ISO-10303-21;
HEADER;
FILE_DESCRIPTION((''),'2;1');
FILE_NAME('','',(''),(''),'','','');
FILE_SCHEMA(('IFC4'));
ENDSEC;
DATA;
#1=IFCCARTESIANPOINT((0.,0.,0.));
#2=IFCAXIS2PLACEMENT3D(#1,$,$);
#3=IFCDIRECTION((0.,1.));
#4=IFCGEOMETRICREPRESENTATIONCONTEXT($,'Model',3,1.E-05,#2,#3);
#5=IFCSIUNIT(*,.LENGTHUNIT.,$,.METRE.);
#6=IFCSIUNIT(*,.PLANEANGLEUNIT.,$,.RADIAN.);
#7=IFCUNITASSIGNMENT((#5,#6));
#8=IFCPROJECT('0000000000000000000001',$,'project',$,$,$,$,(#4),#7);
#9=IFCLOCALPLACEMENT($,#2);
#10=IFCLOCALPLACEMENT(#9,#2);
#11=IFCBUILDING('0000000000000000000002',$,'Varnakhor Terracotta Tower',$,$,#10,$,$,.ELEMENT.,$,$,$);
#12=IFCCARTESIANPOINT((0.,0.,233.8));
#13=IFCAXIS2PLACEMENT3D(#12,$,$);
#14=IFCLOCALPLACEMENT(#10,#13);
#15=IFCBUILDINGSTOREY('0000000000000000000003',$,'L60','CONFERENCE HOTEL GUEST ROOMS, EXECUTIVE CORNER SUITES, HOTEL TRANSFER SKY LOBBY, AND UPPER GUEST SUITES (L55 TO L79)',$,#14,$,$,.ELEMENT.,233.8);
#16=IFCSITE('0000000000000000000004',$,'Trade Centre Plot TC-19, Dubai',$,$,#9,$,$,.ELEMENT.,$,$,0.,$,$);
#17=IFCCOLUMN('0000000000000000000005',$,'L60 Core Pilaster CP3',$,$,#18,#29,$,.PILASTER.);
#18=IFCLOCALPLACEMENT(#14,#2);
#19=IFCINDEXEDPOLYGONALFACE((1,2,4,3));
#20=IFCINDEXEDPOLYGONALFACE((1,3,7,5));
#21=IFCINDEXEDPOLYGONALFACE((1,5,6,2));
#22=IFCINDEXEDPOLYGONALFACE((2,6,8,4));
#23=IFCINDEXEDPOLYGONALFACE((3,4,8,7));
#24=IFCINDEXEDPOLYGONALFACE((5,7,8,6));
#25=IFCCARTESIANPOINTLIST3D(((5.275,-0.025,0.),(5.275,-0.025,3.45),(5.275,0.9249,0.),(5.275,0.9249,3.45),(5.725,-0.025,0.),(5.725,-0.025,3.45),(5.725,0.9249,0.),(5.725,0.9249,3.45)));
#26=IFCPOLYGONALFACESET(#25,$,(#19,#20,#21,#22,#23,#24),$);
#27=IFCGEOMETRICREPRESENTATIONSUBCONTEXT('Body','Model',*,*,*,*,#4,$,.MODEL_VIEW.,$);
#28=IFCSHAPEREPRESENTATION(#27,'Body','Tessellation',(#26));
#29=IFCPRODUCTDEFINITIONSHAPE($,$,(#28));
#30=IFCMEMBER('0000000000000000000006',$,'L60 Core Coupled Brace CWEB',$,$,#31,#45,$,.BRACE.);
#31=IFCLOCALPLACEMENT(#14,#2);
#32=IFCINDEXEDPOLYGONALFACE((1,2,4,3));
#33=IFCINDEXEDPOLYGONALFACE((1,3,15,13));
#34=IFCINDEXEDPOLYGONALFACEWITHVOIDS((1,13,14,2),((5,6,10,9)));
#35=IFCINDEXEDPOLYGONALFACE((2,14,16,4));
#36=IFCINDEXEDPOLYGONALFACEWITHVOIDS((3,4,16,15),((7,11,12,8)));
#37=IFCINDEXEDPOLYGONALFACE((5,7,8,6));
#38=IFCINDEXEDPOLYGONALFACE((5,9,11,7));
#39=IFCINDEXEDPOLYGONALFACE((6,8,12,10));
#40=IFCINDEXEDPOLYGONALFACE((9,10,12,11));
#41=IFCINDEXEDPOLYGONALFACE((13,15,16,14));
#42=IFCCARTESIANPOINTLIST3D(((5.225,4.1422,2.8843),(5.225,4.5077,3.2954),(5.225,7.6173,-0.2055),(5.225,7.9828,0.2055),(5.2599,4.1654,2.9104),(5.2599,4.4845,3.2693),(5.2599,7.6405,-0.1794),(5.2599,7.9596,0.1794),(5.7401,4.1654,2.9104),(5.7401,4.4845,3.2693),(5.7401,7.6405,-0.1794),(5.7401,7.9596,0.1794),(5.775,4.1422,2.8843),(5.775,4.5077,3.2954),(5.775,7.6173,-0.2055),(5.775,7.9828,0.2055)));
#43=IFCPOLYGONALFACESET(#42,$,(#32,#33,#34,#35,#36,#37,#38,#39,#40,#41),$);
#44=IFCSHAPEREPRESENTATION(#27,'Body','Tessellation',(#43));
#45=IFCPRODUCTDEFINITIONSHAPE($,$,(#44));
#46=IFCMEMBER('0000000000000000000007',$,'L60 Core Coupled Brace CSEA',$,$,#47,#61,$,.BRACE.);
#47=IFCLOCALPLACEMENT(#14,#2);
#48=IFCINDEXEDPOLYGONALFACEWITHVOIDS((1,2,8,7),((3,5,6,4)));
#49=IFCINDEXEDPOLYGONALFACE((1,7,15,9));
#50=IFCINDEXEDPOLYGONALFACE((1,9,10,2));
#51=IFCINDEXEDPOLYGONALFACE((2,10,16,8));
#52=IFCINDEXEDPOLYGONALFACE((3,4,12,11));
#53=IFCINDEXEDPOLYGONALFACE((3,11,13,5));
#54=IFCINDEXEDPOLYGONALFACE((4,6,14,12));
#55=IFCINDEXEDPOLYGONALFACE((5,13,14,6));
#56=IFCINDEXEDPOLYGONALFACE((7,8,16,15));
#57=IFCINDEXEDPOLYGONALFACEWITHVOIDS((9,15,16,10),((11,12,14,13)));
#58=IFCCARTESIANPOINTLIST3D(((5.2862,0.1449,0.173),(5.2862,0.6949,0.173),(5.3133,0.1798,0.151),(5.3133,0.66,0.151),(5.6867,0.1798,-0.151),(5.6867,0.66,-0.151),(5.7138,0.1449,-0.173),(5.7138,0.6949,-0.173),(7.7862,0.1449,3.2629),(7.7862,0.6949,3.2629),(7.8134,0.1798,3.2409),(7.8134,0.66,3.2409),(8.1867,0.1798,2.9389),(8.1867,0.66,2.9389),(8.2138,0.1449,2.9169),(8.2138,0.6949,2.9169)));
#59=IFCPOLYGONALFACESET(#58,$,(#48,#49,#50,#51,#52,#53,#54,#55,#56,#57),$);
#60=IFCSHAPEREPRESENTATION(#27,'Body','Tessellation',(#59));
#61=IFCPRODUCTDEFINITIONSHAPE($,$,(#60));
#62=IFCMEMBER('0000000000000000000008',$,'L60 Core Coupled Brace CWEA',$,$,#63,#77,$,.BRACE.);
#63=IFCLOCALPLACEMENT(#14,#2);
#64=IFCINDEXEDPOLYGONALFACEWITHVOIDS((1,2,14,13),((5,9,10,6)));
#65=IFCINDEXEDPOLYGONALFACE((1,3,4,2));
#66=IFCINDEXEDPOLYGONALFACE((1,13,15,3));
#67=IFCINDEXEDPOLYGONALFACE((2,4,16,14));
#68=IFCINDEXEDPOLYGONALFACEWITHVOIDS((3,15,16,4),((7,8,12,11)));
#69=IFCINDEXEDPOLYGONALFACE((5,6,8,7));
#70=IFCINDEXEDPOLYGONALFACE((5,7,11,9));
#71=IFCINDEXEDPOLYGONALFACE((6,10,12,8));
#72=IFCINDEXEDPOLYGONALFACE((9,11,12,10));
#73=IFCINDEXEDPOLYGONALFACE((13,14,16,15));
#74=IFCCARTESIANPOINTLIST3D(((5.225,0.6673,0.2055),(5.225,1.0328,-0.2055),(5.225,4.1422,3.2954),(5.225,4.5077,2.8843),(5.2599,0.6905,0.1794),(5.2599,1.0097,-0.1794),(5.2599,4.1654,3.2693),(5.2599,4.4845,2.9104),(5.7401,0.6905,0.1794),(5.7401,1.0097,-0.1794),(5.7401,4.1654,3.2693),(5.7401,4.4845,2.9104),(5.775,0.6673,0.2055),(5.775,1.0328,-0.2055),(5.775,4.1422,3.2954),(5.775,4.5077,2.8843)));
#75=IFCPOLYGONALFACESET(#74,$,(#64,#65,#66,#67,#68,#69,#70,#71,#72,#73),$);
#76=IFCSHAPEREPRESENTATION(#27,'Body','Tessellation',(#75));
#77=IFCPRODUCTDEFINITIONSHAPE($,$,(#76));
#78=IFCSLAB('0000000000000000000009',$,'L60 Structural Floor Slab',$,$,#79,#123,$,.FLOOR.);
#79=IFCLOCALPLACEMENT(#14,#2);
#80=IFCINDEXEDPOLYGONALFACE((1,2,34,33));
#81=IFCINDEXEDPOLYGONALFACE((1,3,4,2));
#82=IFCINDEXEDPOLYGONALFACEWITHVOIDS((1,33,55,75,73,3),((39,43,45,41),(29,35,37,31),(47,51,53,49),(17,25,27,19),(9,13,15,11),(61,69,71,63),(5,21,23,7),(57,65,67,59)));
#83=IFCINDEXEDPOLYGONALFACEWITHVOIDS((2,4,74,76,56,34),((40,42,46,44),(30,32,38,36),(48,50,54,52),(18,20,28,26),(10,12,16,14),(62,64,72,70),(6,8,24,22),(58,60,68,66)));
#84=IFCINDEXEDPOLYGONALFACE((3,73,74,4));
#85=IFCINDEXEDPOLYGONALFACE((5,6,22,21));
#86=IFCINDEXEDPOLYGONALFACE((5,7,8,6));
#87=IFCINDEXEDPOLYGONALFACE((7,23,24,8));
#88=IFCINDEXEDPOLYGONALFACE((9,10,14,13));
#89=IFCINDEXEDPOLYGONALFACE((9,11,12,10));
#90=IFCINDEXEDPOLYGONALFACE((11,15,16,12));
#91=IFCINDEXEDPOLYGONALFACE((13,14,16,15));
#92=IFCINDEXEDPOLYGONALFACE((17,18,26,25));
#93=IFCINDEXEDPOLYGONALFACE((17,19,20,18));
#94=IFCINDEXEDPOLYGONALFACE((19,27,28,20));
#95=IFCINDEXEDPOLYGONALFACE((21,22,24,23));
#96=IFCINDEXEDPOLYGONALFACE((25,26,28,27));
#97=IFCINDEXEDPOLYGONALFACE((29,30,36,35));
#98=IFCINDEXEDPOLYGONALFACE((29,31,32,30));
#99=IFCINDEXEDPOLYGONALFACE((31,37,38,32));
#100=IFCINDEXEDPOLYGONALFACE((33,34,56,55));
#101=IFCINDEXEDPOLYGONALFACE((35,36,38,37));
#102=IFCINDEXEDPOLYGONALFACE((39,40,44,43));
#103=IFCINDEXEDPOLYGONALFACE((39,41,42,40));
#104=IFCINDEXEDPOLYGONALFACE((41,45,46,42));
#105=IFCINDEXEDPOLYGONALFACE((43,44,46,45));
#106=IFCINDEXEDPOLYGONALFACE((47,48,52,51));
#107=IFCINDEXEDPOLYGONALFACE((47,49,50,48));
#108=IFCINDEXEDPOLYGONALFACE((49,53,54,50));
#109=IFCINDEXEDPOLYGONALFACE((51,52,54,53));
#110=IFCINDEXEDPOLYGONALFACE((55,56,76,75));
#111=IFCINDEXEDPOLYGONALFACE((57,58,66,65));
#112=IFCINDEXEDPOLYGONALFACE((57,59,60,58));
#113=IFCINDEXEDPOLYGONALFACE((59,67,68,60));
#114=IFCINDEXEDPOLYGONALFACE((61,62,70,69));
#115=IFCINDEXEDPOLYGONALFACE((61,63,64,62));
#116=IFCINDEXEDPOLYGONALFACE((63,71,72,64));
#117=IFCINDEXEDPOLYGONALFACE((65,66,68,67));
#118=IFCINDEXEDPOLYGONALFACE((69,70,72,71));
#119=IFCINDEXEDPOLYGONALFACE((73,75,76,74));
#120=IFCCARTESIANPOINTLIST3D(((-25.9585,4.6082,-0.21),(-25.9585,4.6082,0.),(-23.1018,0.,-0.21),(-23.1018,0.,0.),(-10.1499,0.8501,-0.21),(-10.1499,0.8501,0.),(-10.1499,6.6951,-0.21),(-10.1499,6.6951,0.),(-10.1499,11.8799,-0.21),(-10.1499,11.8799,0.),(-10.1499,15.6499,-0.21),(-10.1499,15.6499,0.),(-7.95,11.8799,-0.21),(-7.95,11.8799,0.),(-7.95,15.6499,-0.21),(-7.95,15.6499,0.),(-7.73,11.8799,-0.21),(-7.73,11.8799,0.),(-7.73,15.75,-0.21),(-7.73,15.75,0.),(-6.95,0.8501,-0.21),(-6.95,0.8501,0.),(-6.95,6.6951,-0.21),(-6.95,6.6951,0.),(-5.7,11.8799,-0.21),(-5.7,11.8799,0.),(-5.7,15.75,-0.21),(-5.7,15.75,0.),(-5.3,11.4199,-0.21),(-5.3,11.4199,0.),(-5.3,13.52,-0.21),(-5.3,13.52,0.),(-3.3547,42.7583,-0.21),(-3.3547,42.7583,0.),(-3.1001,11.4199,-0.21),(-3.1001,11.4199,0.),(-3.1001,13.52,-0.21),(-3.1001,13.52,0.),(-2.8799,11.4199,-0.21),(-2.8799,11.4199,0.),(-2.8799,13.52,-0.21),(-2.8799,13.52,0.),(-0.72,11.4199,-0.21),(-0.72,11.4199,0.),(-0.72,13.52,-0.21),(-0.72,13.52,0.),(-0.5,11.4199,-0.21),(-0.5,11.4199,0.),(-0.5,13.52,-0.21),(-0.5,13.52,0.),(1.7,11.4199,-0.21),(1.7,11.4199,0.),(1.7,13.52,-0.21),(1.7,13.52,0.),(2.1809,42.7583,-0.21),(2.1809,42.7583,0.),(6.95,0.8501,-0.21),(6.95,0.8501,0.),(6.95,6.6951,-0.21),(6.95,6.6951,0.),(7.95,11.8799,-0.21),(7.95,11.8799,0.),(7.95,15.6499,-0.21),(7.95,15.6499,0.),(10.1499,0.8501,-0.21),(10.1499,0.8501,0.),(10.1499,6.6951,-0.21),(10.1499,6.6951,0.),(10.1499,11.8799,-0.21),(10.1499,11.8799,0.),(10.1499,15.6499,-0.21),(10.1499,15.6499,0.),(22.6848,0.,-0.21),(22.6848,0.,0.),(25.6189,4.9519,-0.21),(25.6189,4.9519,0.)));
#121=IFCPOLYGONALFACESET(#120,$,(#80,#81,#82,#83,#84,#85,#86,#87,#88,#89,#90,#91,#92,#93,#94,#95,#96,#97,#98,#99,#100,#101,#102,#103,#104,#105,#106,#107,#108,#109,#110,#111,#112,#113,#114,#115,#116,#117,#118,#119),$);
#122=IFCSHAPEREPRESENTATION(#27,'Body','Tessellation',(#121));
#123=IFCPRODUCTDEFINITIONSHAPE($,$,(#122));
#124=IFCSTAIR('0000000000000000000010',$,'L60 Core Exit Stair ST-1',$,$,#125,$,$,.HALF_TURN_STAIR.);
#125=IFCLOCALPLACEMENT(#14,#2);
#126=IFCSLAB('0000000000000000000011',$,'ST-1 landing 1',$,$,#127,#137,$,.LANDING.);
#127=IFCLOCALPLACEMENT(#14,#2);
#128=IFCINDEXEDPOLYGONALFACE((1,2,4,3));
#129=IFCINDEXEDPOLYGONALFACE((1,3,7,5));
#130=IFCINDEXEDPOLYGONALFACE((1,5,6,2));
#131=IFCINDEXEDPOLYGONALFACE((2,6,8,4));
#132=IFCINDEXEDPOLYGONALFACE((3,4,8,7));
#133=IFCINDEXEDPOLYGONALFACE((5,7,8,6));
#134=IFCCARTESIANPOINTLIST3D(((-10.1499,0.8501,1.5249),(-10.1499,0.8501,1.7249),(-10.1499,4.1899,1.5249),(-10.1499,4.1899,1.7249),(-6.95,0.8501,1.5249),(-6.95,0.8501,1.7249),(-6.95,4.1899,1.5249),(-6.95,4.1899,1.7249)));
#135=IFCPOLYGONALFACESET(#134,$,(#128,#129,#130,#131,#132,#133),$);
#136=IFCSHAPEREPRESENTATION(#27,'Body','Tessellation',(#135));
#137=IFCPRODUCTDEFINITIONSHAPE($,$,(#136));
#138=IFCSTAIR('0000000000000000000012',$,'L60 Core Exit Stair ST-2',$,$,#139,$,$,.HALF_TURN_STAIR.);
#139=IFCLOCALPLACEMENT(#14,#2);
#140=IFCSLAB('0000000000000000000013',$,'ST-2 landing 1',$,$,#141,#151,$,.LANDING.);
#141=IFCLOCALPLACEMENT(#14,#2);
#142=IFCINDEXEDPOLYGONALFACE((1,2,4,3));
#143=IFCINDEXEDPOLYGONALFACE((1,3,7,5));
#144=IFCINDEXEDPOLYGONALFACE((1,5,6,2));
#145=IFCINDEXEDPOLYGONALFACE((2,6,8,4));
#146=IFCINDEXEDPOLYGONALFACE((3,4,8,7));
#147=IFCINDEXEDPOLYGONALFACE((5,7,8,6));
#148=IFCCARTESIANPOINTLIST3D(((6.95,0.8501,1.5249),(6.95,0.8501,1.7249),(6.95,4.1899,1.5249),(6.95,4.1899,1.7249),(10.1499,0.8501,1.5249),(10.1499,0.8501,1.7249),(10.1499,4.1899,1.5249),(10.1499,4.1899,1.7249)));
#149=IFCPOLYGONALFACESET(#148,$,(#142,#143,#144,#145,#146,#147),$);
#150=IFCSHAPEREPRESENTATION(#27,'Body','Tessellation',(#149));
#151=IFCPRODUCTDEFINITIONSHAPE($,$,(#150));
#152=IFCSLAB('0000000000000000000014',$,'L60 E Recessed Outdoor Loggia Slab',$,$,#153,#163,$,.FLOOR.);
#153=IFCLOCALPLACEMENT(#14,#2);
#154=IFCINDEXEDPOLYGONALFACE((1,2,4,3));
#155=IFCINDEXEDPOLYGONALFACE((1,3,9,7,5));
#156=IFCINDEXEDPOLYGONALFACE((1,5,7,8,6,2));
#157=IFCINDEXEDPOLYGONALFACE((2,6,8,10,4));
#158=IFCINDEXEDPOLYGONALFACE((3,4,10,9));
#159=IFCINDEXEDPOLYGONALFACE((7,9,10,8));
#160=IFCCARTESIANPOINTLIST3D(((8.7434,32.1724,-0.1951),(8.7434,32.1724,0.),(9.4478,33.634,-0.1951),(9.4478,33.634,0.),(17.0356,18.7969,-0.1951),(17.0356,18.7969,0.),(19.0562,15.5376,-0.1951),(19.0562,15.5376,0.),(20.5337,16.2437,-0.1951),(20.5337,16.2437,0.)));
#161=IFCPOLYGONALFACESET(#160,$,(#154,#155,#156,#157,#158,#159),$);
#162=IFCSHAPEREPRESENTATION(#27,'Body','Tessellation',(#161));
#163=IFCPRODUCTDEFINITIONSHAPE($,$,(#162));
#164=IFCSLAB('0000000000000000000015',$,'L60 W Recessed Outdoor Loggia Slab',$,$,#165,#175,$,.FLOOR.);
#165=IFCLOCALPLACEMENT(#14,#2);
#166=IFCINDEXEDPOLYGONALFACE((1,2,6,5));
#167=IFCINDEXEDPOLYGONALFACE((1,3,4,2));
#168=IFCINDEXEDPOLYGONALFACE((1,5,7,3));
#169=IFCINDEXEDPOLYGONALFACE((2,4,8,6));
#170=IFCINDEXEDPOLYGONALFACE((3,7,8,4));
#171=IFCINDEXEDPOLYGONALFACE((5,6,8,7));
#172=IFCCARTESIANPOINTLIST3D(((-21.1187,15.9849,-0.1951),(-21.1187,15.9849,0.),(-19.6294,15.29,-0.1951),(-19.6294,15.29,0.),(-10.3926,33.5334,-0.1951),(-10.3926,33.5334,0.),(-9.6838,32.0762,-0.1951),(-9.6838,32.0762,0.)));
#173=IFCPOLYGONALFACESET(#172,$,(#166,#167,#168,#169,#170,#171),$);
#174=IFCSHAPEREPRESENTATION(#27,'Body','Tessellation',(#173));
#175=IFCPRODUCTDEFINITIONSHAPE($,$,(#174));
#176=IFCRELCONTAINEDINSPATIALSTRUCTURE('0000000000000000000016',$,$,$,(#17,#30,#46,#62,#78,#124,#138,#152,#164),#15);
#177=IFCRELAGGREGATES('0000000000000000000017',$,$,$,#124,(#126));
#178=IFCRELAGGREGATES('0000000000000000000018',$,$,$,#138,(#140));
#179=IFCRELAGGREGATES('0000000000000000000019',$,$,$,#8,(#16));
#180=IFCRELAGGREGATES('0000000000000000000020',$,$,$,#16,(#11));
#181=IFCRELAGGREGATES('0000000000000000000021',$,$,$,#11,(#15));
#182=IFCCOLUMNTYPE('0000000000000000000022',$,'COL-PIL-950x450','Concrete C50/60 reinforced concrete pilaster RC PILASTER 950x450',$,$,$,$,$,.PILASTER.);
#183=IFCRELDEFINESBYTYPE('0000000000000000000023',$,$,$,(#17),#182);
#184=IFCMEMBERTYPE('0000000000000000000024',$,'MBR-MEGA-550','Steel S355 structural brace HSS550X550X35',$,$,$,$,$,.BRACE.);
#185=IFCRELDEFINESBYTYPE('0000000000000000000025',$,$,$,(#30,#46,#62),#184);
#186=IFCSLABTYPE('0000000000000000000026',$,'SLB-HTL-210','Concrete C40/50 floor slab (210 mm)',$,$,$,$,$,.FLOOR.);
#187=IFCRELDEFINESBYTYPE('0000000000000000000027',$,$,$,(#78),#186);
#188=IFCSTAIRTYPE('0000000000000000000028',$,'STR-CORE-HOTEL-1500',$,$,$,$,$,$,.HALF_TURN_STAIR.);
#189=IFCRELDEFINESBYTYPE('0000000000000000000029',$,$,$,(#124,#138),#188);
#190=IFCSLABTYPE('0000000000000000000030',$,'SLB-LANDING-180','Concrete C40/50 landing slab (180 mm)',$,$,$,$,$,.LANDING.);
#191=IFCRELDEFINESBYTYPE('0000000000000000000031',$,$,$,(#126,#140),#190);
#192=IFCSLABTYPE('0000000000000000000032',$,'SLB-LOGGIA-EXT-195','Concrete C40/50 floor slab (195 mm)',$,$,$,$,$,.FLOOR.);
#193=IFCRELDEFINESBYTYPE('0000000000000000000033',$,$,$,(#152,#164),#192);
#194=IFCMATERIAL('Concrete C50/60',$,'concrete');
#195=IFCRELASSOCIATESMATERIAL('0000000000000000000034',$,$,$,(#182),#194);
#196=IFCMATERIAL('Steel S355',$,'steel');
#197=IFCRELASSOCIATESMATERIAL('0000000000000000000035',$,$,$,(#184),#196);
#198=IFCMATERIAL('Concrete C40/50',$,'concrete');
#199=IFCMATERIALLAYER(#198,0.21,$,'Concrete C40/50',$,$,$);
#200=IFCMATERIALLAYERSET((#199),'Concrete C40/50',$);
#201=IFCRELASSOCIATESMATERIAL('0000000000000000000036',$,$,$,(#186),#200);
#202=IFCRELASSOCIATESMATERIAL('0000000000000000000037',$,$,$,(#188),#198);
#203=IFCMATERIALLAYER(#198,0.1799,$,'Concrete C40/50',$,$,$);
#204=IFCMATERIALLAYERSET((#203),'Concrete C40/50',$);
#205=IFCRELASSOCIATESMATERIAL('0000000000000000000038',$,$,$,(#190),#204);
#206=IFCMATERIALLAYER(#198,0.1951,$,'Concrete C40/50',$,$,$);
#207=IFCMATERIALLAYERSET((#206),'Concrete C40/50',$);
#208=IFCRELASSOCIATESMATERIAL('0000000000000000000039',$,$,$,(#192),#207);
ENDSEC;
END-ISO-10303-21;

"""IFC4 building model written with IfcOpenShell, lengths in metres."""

from ifc_helpers import new_model, si_unit, direction, frame, origin, origin_2d, place, context, subcontext, project, spatial, polyline, rectangle, hollow_rectangle, outline, extrude, source, transform, mapped, material, layer, layer_set, material_profile, profile_set, type_object, element, aggregate, save


model = new_model("IFC4")

# Units and contexts
model_context = context("Model", 3, precision=1e-05, world=origin(), true_north=direction((0.0, 1.0)))
body_context = subcontext(model_context, "Body", "Model", "MODEL_VIEW")
ifc_project = project(units=[si_unit("LENGTHUNIT", "METRE"), si_unit("PLANEANGLEUNIT", "RADIAN")], contexts=[model_context])

# Site, building, storey
site_placement = place(None, origin())
site = spatial("IfcSite", under=ifc_project, at=site_placement, Name="Trade Centre Plot TC-19, Dubai", CompositionType="ELEMENT", RefElevation=0.0)
building_placement = place(site_placement, origin())
building = spatial("IfcBuilding", under=site, at=building_placement, Name="Varnakhor Terracotta Tower", CompositionType="ELEMENT")
storey_placement = place(building_placement, frame((0.0, 0.0, 233.8)))
storey = spatial("IfcBuildingStorey", under=building, at=storey_placement, Name="L60", Description="CONFERENCE HOTEL GUEST ROOMS, EXECUTIVE CORNER SUITES, HOTEL TRANSFER SKY LOBBY, AND UPPER GUEST SUITES (L55 TO L79)", CompositionType="ELEMENT", Elevation=233.8)

# Column
ifc_material_1 = material(Name="Concrete C50/60", Category="concrete")
ifc_material_profile_1 = material_profile(ifc_material_1, rectangle(XDim=0.45, YDim=0.95, at=origin_2d()), Name="RC PILASTER 950x450")
ifc_profile_set_1 = profile_set([ifc_material_profile_1], Name="Concrete C50/60")
column_type = type_object("IfcColumnType", Name="COL-PIL-950x450", Description="Concrete C50/60 reinforced concrete pilaster RC PILASTER 950x450", PredefinedType="PILASTER", material=ifc_profile_set_1)
shared_shape_1 = source(origin(), body_context, "Body", "SweptSolid", [
    extrude(rectangle(XDim=0.45, YDim=0.95, at=origin_2d()), origin(), (0.0, 0.0, 1.0), 3.45),
])
column_placement = place(storey_placement, frame((5.5, 0.45, 0.0), z_axis=(0.0, 0.0, 1.0), x_axis=(1.0, 0.0, 0.0)))
element("IfcColumn", 1, at=column_placement, inside=storey, type_object=column_type, Name="L60 Core Pilaster CP3", PredefinedType="PILASTER", context=body_context, shape_type="MappedRepresentation", body=[
    mapped(shared_shape_1, transform((0.0, 0.0, 0.0), scale=1.0)),
])

# Members
ifc_material_2 = material(Name="Steel S355", Category="steel")
ifc_material_profile_2 = material_profile(ifc_material_2, hollow_rectangle(XDim=0.55, YDim=0.55, WallThickness=0.0349, at=origin_2d()), Name="HSS550X550X35")
ifc_profile_set_2 = profile_set([ifc_material_profile_2], Name="Steel S355")
member_type = type_object("IfcMemberType", Name="MBR-MEGA-550", Description="Steel S355 structural brace HSS550X550X35", PredefinedType="BRACE", material=ifc_profile_set_2)
shared_shape_2 = source(origin(), body_context, "Body", "SweptSolid", [
    extrude(hollow_rectangle(XDim=0.55, YDim=0.55, WallThickness=0.0349, at=origin_2d()), origin(), (0.0, 0.0, 1.0), 4.6501),
])
member_1_placement = place(storey_placement, frame((5.5, 7.8, 0.0), z_axis=(0.0, -0.747317, 0.664468), x_axis=(1.0, 0.0, 0.0)))
element("IfcMember", 2, at=member_1_placement, inside=storey, type_object=member_type, Name="L60 Core Coupled Brace CWEB", PredefinedType="BRACE", context=body_context, shape_type="MappedRepresentation", body=[
    mapped(shared_shape_2, transform((0.0, 0.0, 0.0), scale=1.0)),
])
shared_shape_3 = source(origin(), body_context, "Body", "SweptSolid", [
    extrude(hollow_rectangle(XDim=0.55, YDim=0.55, WallThickness=0.0349, at=origin_2d()), origin(), (0.0, 0.0, 1.0), 3.9746),
])
member_2_placement = place(storey_placement, frame((5.5, 0.4199, 0.0), z_axis=(0.629, 0.0, 0.777405), x_axis=(0.0, 1.0, 0.0)))
element("IfcMember", 3, at=member_2_placement, inside=storey, type_object=member_type, Name="L60 Core Coupled Brace CSEA", PredefinedType="BRACE", context=body_context, shape_type="MappedRepresentation", body=[
    mapped(shared_shape_3, transform((0.0, 0.0, 0.0), scale=1.0)),
])
shared_shape_4 = source(origin(), body_context, "Body", "SweptSolid", [
    extrude(hollow_rectangle(XDim=0.55, YDim=0.55, WallThickness=0.0349, at=origin_2d()), origin(), (0.0, 0.0, 1.0), 4.6499),
])
member_3_placement = place(storey_placement, frame((5.5, 0.8501, 0.0), z_axis=(0.0, 0.747293, 0.664494), x_axis=(-1.0, 0.0, 0.0)))
element("IfcMember", 4, at=member_3_placement, inside=storey, type_object=member_type, Name="L60 Core Coupled Brace CWEA", PredefinedType="BRACE", context=body_context, shape_type="MappedRepresentation", body=[
    mapped(shared_shape_4, transform((0.0, 0.0, 0.0), scale=1.0)),
])

# Slab
ifc_material_3 = material(Name="Concrete C40/50", Category="concrete")
ifc_layer_1 = layer(ifc_material_3, 0.21, Name="Concrete C40/50")
ifc_layer_set_1 = layer_set([ifc_layer_1], Name="Concrete C40/50")
slab_type_1 = type_object("IfcSlabType", Name="SLB-HTL-210", Description="Concrete C40/50 floor slab (210 mm)", PredefinedType="FLOOR", material=ifc_layer_set_1)
slab_1_placement = place(storey_placement, frame((0.0, 0.0, -0.21)))
element("IfcSlab", 5, at=slab_1_placement, inside=storey, type_object=slab_type_1, Name="L60 Structural Floor Slab", PredefinedType="FLOOR", context=body_context, shape_type="SweptSolid", body=[
    extrude(outline(polyline([(-25.9585, 4.6082), (-3.3547, 42.7583), (2.1809, 42.7583), (25.6189, 4.9519), (22.6848, 0.0), (-23.1018, 0.0), (-25.9585, 4.6082)]), holes=[polyline([(-6.95, 0.8501), (-6.95, 6.6951), (-10.1499, 6.6951), (-10.1499, 0.8501), (-6.95, 0.8501)]), polyline([(10.1499, 0.8501), (10.1499, 6.6951), (6.95, 6.6951), (6.95, 0.8501), (10.1499, 0.8501)]), polyline([(-3.1001, 11.4199), (-3.1001, 13.52), (-5.3, 13.52), (-5.3, 11.4199), (-3.1001, 11.4199)]), polyline([(-0.72, 11.4199), (-0.72, 13.52), (-2.8799, 13.52), (-2.8799, 11.4199), (-0.72, 11.4199)]), polyline([(1.7, 11.4199), (1.7, 13.52), (-0.5, 13.52), (-0.5, 11.4199), (1.7, 11.4199)]), polyline([(-7.95, 11.8799), (-7.95, 15.6499), (-10.1499, 15.6499), (-10.1499, 11.8799), (-7.95, 11.8799)]), polyline([(10.1499, 11.8799), (10.1499, 15.6499), (7.95, 15.6499), (7.95, 11.8799), (10.1499, 11.8799)]), polyline([(-5.7, 11.8799), (-5.7, 15.75), (-7.73, 15.75), (-7.73, 11.8799), (-5.7, 11.8799)])]), origin(), (0.0, 0.0, 1.0), 0.21),
])

# Stairs, slabs
stair_type = type_object("IfcStairType", Name="STR-CORE-HOTEL-1500", PredefinedType="HALF_TURN_STAIR", material=ifc_material_3)
stair_1_placement = place(storey_placement, origin())
stair_1 = element("IfcStair", 6, at=stair_1_placement, inside=storey, type_object=stair_type, Name="L60 Core Exit Stair ST-1", PredefinedType="HALF_TURN_STAIR")
ifc_layer_2 = layer(ifc_material_3, 0.1799, Name="Concrete C40/50")
ifc_layer_set_2 = layer_set([ifc_layer_2], Name="Concrete C40/50")
slab_type_2 = type_object("IfcSlabType", Name="SLB-LANDING-180", Description="Concrete C40/50 landing slab (180 mm)", PredefinedType="LANDING", material=ifc_layer_set_2)
slab_2_placement = place(storey_placement, frame((0.0, 0.0, 1.5249)))
slab_2 = element("IfcSlab", 7, at=slab_2_placement, type_object=slab_type_2, Name="ST-1 landing 1", PredefinedType="LANDING", context=body_context, shape_type="SweptSolid", body=[
    extrude(outline(polyline([(-10.1499, 4.1899), (-10.1499, 0.8501), (-6.95, 0.8501), (-6.95, 4.1899), (-10.1499, 4.1899)])), origin(), (0.0, 0.0, 1.0), 0.2),
])
aggregate(stair_1, [slab_2])
stair_2_placement = place(storey_placement, origin())
stair_2 = element("IfcStair", 8, at=stair_2_placement, inside=storey, type_object=stair_type, Name="L60 Core Exit Stair ST-2", PredefinedType="HALF_TURN_STAIR")
slab_3_placement = place(storey_placement, frame((0.0, 0.0, 1.5249)))
slab_3 = element("IfcSlab", 9, at=slab_3_placement, type_object=slab_type_2, Name="ST-2 landing 1", PredefinedType="LANDING", context=body_context, shape_type="SweptSolid", body=[
    extrude(outline(polyline([(6.95, 4.1899), (6.95, 0.8501), (10.1499, 0.8501), (10.1499, 4.1899), (6.95, 4.1899)])), origin(), (0.0, 0.0, 1.0), 0.2),
])

# Slabs
ifc_layer_3 = layer(ifc_material_3, 0.1951, Name="Concrete C40/50")
ifc_layer_set_3 = layer_set([ifc_layer_3], Name="Concrete C40/50")
slab_type_3 = type_object("IfcSlabType", Name="SLB-LOGGIA-EXT-195", Description="Concrete C40/50 floor slab (195 mm)", PredefinedType="FLOOR", material=ifc_layer_set_3)
slab_4_placement = place(storey_placement, frame((0.0, 0.0, -0.1951)))
element("IfcSlab", 10, at=slab_4_placement, inside=storey, type_object=slab_type_3, Name="L60 E Recessed Outdoor Loggia Slab", PredefinedType="FLOOR", context=body_context, shape_type="SweptSolid", body=[
    extrude(outline(polyline([(9.4478, 33.634), (20.5337, 16.2437), (19.0562, 15.5376), (17.0356, 18.7969), (8.7434, 32.1724), (9.4478, 33.634)])), origin(), (0.0, 0.0, 1.0), 0.1951),
])
slab_5_placement = place(storey_placement, frame((0.0, 0.0, -0.1951)))
element("IfcSlab", 11, at=slab_5_placement, inside=storey, type_object=slab_type_3, Name="L60 W Recessed Outdoor Loggia Slab", PredefinedType="FLOOR", context=body_context, shape_type="SweptSolid", body=[
    extrude(outline(polyline([(-21.1187, 15.9849), (-10.3926, 33.5334), (-9.6838, 32.0762), (-19.6294, 15.29), (-21.1187, 15.9849)])), origin(), (0.0, 0.0, 1.0), 0.1951),
])

aggregate(stair_2, [slab_3])

save(model, "model.ifc")
